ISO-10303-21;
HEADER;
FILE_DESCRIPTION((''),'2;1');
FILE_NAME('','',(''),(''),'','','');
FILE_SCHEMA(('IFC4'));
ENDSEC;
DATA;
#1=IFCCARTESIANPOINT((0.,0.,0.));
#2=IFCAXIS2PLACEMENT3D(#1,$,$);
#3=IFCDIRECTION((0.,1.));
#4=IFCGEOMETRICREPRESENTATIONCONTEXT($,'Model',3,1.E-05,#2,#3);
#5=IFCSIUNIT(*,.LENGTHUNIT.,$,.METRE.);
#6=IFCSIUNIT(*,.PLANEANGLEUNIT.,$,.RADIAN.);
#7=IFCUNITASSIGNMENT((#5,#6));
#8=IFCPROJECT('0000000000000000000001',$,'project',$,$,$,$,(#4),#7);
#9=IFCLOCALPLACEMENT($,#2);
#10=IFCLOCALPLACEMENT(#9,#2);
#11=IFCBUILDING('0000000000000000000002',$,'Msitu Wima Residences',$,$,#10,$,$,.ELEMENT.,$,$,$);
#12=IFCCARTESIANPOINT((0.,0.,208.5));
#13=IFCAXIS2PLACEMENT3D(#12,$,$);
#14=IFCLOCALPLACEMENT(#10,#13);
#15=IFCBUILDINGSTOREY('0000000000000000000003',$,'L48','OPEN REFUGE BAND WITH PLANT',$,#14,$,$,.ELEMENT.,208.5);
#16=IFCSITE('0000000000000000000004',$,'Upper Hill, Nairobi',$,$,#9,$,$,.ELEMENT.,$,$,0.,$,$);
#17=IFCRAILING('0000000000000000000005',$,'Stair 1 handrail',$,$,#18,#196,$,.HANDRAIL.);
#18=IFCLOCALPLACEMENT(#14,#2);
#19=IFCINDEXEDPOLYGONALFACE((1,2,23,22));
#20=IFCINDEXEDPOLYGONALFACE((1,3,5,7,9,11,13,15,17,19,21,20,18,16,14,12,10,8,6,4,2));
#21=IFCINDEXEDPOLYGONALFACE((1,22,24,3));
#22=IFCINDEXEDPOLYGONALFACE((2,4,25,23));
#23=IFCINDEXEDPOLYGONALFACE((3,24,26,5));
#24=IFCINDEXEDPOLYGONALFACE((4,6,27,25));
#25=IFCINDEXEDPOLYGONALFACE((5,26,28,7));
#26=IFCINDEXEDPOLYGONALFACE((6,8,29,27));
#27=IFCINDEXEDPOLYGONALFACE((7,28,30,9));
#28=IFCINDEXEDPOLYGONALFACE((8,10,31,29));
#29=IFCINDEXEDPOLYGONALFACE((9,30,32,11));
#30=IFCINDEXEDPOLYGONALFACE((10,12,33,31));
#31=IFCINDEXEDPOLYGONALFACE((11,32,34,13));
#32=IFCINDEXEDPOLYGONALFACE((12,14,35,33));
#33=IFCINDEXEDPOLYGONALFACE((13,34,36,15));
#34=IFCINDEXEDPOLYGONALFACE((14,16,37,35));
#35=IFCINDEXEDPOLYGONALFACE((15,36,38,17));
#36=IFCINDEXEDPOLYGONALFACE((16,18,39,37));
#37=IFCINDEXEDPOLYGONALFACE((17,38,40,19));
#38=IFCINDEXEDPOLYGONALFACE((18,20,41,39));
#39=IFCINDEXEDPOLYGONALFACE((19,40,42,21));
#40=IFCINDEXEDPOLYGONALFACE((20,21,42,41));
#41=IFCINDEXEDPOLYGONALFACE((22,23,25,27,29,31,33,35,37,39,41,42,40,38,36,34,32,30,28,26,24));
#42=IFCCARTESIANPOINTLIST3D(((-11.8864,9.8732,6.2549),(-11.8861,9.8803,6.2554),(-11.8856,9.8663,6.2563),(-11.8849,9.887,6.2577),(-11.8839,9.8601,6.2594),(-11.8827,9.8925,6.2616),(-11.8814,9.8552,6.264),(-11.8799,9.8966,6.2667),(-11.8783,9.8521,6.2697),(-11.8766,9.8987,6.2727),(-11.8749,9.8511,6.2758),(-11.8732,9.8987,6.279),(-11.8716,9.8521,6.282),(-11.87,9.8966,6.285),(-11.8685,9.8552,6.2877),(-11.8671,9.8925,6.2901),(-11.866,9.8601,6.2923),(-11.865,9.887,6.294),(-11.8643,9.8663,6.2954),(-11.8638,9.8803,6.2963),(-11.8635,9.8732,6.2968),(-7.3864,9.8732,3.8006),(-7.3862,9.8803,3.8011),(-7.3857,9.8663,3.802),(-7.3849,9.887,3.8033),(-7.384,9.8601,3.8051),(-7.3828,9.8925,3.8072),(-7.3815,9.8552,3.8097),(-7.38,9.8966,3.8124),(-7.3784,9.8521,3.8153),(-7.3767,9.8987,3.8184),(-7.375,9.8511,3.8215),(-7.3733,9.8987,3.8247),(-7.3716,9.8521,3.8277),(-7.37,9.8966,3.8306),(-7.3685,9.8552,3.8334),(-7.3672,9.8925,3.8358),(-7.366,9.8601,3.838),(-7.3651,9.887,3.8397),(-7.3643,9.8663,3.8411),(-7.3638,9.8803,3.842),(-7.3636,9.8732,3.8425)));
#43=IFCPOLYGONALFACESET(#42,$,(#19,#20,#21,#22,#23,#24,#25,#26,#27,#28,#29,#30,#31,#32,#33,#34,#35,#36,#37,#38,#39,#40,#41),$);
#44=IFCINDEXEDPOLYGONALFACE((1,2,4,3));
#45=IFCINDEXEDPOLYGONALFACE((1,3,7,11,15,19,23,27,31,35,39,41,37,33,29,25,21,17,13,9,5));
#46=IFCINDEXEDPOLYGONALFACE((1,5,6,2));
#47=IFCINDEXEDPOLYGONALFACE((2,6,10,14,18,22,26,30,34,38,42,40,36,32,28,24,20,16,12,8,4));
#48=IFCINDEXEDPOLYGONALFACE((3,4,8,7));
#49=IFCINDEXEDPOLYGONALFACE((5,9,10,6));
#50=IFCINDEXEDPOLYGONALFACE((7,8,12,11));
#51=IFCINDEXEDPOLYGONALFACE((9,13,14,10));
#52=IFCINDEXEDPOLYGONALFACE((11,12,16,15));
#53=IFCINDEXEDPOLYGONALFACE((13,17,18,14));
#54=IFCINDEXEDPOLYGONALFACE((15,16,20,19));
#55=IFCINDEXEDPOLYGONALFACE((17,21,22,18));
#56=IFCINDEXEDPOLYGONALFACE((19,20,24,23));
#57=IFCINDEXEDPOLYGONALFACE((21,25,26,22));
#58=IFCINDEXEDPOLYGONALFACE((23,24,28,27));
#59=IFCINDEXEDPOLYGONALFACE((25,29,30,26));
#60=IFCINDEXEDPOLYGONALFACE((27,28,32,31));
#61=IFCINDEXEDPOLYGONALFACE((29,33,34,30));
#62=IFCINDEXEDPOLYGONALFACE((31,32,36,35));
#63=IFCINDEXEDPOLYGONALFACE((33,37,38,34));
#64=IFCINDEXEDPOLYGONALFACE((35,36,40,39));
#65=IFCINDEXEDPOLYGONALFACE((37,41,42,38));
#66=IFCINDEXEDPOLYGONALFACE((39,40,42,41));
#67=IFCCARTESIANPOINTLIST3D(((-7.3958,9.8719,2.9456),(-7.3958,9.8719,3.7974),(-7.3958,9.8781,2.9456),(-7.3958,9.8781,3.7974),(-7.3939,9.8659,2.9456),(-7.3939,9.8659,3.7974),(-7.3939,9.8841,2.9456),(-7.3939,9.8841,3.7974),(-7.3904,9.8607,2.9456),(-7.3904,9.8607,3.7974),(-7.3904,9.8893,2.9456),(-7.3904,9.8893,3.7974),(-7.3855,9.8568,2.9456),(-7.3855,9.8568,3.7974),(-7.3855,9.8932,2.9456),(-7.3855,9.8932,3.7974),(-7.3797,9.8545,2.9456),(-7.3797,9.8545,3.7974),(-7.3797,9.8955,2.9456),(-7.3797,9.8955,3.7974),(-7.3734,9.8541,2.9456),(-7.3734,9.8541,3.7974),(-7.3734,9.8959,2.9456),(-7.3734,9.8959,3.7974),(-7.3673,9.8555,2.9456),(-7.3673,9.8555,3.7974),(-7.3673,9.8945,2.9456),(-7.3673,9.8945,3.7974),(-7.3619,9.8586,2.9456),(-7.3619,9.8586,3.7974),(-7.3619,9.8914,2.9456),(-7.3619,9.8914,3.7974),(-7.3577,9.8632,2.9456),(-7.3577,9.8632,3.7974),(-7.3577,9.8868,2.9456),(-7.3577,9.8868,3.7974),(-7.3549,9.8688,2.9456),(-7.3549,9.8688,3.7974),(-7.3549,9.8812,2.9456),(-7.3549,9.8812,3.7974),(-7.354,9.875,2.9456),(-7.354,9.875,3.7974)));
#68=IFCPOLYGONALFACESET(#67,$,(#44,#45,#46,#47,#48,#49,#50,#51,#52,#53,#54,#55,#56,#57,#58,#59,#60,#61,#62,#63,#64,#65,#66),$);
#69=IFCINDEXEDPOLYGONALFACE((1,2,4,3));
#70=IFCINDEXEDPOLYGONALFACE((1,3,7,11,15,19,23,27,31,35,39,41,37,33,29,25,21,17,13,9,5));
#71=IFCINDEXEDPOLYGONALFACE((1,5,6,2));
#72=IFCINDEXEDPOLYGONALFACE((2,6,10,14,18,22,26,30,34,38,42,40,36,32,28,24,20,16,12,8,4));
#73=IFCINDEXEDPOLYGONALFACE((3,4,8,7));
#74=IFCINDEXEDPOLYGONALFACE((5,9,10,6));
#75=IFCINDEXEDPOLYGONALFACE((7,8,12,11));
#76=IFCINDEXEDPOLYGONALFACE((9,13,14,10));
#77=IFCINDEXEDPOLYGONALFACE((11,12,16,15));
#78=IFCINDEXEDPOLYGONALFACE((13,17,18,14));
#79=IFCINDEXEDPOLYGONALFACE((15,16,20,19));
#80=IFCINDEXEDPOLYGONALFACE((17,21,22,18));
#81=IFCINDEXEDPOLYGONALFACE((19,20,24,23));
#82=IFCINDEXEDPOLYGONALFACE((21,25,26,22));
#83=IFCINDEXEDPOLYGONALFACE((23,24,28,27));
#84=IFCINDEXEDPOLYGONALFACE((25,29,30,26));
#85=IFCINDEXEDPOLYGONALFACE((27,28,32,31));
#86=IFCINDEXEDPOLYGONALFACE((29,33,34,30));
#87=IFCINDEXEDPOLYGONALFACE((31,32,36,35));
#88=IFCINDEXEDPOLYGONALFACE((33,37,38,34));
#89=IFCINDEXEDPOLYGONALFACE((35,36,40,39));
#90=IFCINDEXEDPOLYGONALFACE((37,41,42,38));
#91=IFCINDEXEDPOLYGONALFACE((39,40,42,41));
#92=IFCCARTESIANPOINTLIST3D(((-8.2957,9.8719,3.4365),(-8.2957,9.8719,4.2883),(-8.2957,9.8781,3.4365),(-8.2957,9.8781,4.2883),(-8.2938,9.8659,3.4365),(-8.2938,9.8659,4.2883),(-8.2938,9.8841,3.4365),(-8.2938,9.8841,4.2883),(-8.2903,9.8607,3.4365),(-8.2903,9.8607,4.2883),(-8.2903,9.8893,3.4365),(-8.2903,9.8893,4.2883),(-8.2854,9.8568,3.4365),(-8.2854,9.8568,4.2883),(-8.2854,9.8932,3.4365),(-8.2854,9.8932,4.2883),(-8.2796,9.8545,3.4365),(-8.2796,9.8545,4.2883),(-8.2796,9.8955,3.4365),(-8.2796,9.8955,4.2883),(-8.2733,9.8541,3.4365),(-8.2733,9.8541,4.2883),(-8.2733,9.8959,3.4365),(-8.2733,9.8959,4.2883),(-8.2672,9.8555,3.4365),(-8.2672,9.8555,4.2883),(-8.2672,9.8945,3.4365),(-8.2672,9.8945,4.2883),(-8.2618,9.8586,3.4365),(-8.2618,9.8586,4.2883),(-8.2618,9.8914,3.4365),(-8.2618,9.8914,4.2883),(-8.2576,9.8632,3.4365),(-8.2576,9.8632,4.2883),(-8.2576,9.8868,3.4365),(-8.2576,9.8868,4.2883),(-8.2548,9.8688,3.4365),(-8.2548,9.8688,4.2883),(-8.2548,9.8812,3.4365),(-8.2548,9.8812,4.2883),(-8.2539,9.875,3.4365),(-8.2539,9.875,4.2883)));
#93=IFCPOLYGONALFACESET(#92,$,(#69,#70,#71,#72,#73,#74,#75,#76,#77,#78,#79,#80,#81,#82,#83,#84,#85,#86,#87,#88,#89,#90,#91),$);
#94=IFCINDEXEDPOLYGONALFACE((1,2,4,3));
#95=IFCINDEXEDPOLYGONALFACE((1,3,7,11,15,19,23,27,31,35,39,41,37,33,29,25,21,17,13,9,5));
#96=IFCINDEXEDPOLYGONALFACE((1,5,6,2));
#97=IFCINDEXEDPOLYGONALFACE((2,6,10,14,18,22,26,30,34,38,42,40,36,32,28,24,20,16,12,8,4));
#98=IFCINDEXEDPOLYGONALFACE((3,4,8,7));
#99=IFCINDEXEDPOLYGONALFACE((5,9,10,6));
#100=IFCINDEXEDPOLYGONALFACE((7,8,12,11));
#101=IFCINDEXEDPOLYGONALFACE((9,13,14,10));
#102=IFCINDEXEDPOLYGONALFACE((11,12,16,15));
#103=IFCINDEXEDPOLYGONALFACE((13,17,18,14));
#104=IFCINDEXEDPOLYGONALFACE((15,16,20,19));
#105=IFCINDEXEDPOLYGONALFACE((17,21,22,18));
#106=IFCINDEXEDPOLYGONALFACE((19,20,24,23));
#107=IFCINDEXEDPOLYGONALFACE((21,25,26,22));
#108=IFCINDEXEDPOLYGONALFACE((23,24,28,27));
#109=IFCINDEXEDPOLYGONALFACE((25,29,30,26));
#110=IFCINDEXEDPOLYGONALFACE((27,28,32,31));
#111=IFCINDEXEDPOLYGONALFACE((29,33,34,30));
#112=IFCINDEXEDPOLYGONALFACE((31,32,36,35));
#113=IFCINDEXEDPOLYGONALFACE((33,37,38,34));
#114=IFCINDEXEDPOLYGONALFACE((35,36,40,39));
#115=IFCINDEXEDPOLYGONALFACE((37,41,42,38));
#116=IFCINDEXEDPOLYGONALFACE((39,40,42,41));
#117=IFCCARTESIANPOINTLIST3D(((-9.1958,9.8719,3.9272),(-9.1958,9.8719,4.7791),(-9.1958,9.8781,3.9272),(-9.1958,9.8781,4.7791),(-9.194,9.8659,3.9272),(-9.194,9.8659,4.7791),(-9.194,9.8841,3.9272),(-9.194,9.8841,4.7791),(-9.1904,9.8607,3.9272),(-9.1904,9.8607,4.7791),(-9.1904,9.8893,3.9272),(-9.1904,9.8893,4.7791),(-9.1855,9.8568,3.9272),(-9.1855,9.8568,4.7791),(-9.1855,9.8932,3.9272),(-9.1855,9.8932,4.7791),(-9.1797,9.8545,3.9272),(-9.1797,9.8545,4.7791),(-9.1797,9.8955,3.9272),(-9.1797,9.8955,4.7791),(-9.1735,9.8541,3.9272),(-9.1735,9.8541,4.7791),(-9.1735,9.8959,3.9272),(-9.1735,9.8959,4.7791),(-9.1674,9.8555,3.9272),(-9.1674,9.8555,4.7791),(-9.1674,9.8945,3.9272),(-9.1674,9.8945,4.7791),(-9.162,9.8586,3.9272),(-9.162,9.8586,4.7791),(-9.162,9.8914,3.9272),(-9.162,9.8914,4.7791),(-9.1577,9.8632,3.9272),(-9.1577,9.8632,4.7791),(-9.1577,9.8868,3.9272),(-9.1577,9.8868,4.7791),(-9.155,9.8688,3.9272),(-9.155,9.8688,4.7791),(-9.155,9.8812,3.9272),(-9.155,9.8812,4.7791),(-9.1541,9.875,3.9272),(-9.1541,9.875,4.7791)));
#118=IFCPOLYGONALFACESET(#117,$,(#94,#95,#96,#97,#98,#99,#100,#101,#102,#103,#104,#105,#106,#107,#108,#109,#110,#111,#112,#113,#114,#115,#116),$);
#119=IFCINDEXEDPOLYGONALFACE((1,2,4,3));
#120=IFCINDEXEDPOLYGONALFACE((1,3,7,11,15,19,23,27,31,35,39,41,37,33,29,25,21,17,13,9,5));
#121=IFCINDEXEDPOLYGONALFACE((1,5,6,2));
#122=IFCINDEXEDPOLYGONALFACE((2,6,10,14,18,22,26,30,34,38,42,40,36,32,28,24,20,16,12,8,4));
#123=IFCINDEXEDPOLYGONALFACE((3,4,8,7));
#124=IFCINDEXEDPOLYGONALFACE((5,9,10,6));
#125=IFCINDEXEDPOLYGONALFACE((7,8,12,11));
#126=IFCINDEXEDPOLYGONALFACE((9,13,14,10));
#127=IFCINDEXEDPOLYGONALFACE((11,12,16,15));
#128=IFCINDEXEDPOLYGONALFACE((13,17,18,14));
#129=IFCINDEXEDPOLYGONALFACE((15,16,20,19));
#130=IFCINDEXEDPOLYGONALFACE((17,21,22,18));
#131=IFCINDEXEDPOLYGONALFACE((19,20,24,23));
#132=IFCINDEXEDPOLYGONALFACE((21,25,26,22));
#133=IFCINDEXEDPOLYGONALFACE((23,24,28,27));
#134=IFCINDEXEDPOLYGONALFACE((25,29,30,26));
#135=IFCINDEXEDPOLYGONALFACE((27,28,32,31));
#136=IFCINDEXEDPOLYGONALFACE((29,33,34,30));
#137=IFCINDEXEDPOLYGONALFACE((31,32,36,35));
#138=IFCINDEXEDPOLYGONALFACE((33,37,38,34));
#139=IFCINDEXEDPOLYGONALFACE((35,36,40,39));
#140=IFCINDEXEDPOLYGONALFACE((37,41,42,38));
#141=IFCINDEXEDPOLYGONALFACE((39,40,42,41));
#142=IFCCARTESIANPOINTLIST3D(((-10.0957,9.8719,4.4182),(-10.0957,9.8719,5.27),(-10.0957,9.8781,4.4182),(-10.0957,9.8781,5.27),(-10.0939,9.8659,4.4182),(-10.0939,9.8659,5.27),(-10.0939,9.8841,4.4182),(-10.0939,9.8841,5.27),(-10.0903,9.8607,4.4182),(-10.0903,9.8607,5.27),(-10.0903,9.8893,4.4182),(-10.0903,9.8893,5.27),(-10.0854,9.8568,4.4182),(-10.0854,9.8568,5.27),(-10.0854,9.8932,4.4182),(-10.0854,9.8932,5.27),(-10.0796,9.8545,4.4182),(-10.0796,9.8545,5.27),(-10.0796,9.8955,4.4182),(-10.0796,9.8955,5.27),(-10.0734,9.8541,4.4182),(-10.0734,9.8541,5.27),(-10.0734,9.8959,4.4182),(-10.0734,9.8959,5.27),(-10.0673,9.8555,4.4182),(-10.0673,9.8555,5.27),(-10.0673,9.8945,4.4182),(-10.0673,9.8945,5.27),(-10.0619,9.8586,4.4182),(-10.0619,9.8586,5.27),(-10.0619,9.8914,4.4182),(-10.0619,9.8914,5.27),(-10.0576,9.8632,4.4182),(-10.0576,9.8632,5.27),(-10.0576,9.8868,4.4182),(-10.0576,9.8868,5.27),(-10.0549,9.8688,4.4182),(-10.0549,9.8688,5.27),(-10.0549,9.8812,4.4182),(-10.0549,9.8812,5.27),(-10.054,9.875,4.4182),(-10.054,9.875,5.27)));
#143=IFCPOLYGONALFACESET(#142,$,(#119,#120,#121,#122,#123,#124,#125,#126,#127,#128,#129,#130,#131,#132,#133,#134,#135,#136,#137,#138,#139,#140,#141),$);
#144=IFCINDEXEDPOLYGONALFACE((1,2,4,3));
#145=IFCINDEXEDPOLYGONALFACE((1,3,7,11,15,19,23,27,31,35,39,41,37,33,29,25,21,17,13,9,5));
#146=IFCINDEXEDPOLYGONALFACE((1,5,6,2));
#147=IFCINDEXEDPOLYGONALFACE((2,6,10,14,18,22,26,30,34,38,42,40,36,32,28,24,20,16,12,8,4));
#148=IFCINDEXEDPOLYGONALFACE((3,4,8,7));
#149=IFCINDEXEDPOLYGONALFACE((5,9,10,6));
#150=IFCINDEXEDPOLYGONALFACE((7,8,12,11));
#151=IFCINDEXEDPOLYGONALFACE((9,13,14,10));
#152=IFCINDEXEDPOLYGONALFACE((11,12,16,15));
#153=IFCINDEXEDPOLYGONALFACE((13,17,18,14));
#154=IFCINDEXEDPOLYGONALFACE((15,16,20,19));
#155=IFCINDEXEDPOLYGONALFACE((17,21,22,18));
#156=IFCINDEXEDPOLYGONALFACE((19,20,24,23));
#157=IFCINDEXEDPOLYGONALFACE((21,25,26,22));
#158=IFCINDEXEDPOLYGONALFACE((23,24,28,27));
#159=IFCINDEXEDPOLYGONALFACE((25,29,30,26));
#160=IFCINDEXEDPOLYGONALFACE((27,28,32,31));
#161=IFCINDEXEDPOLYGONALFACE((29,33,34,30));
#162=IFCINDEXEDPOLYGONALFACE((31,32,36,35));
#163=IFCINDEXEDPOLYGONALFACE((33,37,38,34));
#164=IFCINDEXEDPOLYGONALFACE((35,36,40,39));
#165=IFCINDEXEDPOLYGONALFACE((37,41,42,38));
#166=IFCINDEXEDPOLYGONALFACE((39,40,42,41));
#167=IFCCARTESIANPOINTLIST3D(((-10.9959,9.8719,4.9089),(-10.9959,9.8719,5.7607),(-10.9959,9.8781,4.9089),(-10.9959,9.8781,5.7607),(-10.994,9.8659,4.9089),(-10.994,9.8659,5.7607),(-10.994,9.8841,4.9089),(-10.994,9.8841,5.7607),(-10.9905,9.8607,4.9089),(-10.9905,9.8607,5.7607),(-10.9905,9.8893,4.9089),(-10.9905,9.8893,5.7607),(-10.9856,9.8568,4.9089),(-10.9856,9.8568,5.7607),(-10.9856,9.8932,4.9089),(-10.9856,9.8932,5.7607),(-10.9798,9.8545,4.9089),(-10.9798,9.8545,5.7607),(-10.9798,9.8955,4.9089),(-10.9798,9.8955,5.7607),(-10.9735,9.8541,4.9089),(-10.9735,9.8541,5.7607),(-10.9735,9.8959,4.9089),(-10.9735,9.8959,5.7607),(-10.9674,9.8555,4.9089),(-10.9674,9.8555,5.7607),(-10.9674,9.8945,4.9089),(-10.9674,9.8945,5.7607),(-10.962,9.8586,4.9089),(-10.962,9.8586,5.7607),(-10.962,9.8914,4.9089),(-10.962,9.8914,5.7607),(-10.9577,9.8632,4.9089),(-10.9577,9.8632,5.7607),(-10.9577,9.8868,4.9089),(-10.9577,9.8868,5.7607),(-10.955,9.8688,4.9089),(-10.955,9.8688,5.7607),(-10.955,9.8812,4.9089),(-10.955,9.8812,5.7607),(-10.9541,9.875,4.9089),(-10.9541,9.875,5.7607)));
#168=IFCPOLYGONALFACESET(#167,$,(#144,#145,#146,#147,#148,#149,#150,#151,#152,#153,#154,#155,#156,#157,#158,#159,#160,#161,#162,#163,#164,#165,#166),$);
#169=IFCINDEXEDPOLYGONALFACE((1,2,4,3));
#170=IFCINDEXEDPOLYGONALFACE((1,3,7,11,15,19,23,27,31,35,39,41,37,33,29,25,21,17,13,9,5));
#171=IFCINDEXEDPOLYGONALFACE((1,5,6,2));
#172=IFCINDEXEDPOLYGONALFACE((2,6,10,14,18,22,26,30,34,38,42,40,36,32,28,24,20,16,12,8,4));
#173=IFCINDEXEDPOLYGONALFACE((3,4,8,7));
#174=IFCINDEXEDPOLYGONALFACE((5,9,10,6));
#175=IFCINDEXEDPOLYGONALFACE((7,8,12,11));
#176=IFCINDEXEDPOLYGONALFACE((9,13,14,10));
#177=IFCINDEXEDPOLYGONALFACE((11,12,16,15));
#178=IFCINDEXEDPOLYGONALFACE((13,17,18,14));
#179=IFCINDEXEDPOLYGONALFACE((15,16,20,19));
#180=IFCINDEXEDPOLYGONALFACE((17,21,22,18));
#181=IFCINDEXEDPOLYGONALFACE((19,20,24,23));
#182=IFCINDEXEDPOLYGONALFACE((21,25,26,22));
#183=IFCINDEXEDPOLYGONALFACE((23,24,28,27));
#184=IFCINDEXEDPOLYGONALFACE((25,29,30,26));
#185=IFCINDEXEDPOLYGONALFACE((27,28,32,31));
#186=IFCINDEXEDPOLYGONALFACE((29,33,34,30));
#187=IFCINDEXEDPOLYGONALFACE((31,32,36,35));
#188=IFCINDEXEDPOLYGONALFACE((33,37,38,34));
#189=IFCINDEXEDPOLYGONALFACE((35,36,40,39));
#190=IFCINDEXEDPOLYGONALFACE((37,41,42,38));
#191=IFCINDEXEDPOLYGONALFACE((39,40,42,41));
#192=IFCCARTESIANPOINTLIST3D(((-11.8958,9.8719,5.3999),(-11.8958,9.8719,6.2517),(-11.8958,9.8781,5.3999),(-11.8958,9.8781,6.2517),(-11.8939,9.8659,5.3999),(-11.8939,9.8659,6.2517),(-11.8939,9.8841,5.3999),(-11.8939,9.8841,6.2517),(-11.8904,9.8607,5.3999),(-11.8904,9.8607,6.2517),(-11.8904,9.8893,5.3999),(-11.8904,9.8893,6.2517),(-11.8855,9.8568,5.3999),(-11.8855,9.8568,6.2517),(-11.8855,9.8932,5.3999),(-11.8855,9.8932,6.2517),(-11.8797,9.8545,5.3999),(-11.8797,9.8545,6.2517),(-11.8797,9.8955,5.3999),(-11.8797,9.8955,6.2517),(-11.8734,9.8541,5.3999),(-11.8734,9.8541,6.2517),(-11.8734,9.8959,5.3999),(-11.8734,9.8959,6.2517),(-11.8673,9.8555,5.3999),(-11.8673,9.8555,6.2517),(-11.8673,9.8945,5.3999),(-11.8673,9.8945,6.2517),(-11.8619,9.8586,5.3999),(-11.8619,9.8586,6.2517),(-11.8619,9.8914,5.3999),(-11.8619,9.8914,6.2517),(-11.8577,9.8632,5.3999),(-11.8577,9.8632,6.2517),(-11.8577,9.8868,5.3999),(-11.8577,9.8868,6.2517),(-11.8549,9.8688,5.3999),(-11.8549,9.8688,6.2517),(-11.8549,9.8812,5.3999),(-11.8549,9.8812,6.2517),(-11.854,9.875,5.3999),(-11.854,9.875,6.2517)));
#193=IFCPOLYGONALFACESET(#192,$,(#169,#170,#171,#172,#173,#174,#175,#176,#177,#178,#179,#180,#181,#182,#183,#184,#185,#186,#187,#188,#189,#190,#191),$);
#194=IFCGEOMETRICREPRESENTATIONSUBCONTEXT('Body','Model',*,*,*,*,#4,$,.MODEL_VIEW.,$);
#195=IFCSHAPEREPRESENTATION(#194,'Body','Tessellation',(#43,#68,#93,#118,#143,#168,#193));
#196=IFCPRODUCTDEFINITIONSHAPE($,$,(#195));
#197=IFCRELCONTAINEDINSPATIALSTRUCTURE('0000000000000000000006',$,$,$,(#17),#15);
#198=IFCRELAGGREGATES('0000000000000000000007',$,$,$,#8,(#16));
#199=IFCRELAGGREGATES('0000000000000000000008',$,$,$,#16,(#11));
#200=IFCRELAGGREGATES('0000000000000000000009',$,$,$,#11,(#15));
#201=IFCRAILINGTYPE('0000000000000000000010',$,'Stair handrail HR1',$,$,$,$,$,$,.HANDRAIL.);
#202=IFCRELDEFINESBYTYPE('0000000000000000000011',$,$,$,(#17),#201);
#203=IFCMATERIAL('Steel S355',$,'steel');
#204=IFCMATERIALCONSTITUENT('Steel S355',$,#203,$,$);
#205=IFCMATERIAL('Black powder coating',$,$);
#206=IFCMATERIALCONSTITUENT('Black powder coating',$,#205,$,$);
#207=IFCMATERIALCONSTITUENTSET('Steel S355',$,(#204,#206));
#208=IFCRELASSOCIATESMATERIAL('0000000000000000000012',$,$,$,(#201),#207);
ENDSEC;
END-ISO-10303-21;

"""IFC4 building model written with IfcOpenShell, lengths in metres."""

from ifc_helpers import new_model, si_unit, direction, frame, origin, origin_2d, place, context, subcontext, project, spatial, circle, extrude, material, constituent, constituent_set, type_object, element, save


model = new_model("IFC4")

# Units and contexts
model_context = context("Model", 3, precision=1e-05, world=origin(), true_north=direction((0.0, 1.0)))
body_context = subcontext(model_context, "Body", "Model", "MODEL_VIEW")
ifc_project = project(units=[si_unit("LENGTHUNIT", "METRE"), si_unit("PLANEANGLEUNIT", "RADIAN")], contexts=[model_context])

# Site, building, storey
site_placement = place(None, origin())
site = spatial("IfcSite", under=ifc_project, at=site_placement, Name="Upper Hill, Nairobi", CompositionType="ELEMENT", RefElevation=0.0)
building_placement = place(site_placement, origin())
building = spatial("IfcBuilding", under=site, at=building_placement, Name="Msitu Wima Residences", CompositionType="ELEMENT")
storey_placement = place(building_placement, frame((0.0, 0.0, 208.5)))
storey = spatial("IfcBuildingStorey", under=building, at=storey_placement, Name="L48", Description="OPEN REFUGE BAND WITH PLANT", CompositionType="ELEMENT", Elevation=208.5)

# Railing
ifc_material_1 = material(Name="Steel S355", Category="steel")
ifc_constituent_1 = constituent(ifc_material_1, Name="Steel S355")
ifc_material_2 = material(Name="Black powder coating")
ifc_constituent_2 = constituent(ifc_material_2, Name="Black powder coating")
ifc_constituent_set = constituent_set(constituents=[ifc_constituent_1, ifc_constituent_2], Name="Steel S355")
railing_type = type_object("IfcRailingType", Name="Stair handrail HR1", PredefinedType="HANDRAIL", material=ifc_constituent_set)
for number, where, name in (
    (1, (-7.375, 9.875, 2.9456), "Stair 1 handrail"),
):
    element("IfcRailing", number, at=place(storey_placement, frame(where)), inside=storey, type_object=railing_type, Name=name, PredefinedType="HANDRAIL", context=body_context, shape_type="SweptSolid", body=[
        extrude(circle(Radius=0.0239, at=origin_2d()), frame((0.0, 0.0, 0.876), z_axis=(-0.877912, 0.0, 0.478822), x_axis=(0.0, -1.0, 0.0)), (0.0, 0.0, 1.0), 5.1257),
        extrude(circle(Radius=0.021, at=origin_2d()), origin(), (0.0, 0.0, 1.0), 0.8518),
        extrude(circle(Radius=0.021, at=origin_2d()), frame((-0.8999, 0.0, 0.491)), (0.0, 0.0, 1.0), 0.8518),
        extrude(circle(Radius=0.021, at=origin_2d()), frame((-1.8, 0.0, 0.9817)), (0.0, 0.0, 1.0), 0.8518),
        extrude(circle(Radius=0.021, at=origin_2d()), frame((-2.7, 0.0, 1.4727)), (0.0, 0.0, 1.0), 0.8518),
        extrude(circle(Radius=0.021, at=origin_2d()), frame((-3.6001, 0.0, 1.9634)), (0.0, 0.0, 1.0), 0.8518),
        extrude(circle(Radius=0.021, at=origin_2d()), frame((-4.5, 0.0, 2.4543)), (0.0, 0.0, 1.0), 0.8518),
    ])

save(model, "model.ifc")
